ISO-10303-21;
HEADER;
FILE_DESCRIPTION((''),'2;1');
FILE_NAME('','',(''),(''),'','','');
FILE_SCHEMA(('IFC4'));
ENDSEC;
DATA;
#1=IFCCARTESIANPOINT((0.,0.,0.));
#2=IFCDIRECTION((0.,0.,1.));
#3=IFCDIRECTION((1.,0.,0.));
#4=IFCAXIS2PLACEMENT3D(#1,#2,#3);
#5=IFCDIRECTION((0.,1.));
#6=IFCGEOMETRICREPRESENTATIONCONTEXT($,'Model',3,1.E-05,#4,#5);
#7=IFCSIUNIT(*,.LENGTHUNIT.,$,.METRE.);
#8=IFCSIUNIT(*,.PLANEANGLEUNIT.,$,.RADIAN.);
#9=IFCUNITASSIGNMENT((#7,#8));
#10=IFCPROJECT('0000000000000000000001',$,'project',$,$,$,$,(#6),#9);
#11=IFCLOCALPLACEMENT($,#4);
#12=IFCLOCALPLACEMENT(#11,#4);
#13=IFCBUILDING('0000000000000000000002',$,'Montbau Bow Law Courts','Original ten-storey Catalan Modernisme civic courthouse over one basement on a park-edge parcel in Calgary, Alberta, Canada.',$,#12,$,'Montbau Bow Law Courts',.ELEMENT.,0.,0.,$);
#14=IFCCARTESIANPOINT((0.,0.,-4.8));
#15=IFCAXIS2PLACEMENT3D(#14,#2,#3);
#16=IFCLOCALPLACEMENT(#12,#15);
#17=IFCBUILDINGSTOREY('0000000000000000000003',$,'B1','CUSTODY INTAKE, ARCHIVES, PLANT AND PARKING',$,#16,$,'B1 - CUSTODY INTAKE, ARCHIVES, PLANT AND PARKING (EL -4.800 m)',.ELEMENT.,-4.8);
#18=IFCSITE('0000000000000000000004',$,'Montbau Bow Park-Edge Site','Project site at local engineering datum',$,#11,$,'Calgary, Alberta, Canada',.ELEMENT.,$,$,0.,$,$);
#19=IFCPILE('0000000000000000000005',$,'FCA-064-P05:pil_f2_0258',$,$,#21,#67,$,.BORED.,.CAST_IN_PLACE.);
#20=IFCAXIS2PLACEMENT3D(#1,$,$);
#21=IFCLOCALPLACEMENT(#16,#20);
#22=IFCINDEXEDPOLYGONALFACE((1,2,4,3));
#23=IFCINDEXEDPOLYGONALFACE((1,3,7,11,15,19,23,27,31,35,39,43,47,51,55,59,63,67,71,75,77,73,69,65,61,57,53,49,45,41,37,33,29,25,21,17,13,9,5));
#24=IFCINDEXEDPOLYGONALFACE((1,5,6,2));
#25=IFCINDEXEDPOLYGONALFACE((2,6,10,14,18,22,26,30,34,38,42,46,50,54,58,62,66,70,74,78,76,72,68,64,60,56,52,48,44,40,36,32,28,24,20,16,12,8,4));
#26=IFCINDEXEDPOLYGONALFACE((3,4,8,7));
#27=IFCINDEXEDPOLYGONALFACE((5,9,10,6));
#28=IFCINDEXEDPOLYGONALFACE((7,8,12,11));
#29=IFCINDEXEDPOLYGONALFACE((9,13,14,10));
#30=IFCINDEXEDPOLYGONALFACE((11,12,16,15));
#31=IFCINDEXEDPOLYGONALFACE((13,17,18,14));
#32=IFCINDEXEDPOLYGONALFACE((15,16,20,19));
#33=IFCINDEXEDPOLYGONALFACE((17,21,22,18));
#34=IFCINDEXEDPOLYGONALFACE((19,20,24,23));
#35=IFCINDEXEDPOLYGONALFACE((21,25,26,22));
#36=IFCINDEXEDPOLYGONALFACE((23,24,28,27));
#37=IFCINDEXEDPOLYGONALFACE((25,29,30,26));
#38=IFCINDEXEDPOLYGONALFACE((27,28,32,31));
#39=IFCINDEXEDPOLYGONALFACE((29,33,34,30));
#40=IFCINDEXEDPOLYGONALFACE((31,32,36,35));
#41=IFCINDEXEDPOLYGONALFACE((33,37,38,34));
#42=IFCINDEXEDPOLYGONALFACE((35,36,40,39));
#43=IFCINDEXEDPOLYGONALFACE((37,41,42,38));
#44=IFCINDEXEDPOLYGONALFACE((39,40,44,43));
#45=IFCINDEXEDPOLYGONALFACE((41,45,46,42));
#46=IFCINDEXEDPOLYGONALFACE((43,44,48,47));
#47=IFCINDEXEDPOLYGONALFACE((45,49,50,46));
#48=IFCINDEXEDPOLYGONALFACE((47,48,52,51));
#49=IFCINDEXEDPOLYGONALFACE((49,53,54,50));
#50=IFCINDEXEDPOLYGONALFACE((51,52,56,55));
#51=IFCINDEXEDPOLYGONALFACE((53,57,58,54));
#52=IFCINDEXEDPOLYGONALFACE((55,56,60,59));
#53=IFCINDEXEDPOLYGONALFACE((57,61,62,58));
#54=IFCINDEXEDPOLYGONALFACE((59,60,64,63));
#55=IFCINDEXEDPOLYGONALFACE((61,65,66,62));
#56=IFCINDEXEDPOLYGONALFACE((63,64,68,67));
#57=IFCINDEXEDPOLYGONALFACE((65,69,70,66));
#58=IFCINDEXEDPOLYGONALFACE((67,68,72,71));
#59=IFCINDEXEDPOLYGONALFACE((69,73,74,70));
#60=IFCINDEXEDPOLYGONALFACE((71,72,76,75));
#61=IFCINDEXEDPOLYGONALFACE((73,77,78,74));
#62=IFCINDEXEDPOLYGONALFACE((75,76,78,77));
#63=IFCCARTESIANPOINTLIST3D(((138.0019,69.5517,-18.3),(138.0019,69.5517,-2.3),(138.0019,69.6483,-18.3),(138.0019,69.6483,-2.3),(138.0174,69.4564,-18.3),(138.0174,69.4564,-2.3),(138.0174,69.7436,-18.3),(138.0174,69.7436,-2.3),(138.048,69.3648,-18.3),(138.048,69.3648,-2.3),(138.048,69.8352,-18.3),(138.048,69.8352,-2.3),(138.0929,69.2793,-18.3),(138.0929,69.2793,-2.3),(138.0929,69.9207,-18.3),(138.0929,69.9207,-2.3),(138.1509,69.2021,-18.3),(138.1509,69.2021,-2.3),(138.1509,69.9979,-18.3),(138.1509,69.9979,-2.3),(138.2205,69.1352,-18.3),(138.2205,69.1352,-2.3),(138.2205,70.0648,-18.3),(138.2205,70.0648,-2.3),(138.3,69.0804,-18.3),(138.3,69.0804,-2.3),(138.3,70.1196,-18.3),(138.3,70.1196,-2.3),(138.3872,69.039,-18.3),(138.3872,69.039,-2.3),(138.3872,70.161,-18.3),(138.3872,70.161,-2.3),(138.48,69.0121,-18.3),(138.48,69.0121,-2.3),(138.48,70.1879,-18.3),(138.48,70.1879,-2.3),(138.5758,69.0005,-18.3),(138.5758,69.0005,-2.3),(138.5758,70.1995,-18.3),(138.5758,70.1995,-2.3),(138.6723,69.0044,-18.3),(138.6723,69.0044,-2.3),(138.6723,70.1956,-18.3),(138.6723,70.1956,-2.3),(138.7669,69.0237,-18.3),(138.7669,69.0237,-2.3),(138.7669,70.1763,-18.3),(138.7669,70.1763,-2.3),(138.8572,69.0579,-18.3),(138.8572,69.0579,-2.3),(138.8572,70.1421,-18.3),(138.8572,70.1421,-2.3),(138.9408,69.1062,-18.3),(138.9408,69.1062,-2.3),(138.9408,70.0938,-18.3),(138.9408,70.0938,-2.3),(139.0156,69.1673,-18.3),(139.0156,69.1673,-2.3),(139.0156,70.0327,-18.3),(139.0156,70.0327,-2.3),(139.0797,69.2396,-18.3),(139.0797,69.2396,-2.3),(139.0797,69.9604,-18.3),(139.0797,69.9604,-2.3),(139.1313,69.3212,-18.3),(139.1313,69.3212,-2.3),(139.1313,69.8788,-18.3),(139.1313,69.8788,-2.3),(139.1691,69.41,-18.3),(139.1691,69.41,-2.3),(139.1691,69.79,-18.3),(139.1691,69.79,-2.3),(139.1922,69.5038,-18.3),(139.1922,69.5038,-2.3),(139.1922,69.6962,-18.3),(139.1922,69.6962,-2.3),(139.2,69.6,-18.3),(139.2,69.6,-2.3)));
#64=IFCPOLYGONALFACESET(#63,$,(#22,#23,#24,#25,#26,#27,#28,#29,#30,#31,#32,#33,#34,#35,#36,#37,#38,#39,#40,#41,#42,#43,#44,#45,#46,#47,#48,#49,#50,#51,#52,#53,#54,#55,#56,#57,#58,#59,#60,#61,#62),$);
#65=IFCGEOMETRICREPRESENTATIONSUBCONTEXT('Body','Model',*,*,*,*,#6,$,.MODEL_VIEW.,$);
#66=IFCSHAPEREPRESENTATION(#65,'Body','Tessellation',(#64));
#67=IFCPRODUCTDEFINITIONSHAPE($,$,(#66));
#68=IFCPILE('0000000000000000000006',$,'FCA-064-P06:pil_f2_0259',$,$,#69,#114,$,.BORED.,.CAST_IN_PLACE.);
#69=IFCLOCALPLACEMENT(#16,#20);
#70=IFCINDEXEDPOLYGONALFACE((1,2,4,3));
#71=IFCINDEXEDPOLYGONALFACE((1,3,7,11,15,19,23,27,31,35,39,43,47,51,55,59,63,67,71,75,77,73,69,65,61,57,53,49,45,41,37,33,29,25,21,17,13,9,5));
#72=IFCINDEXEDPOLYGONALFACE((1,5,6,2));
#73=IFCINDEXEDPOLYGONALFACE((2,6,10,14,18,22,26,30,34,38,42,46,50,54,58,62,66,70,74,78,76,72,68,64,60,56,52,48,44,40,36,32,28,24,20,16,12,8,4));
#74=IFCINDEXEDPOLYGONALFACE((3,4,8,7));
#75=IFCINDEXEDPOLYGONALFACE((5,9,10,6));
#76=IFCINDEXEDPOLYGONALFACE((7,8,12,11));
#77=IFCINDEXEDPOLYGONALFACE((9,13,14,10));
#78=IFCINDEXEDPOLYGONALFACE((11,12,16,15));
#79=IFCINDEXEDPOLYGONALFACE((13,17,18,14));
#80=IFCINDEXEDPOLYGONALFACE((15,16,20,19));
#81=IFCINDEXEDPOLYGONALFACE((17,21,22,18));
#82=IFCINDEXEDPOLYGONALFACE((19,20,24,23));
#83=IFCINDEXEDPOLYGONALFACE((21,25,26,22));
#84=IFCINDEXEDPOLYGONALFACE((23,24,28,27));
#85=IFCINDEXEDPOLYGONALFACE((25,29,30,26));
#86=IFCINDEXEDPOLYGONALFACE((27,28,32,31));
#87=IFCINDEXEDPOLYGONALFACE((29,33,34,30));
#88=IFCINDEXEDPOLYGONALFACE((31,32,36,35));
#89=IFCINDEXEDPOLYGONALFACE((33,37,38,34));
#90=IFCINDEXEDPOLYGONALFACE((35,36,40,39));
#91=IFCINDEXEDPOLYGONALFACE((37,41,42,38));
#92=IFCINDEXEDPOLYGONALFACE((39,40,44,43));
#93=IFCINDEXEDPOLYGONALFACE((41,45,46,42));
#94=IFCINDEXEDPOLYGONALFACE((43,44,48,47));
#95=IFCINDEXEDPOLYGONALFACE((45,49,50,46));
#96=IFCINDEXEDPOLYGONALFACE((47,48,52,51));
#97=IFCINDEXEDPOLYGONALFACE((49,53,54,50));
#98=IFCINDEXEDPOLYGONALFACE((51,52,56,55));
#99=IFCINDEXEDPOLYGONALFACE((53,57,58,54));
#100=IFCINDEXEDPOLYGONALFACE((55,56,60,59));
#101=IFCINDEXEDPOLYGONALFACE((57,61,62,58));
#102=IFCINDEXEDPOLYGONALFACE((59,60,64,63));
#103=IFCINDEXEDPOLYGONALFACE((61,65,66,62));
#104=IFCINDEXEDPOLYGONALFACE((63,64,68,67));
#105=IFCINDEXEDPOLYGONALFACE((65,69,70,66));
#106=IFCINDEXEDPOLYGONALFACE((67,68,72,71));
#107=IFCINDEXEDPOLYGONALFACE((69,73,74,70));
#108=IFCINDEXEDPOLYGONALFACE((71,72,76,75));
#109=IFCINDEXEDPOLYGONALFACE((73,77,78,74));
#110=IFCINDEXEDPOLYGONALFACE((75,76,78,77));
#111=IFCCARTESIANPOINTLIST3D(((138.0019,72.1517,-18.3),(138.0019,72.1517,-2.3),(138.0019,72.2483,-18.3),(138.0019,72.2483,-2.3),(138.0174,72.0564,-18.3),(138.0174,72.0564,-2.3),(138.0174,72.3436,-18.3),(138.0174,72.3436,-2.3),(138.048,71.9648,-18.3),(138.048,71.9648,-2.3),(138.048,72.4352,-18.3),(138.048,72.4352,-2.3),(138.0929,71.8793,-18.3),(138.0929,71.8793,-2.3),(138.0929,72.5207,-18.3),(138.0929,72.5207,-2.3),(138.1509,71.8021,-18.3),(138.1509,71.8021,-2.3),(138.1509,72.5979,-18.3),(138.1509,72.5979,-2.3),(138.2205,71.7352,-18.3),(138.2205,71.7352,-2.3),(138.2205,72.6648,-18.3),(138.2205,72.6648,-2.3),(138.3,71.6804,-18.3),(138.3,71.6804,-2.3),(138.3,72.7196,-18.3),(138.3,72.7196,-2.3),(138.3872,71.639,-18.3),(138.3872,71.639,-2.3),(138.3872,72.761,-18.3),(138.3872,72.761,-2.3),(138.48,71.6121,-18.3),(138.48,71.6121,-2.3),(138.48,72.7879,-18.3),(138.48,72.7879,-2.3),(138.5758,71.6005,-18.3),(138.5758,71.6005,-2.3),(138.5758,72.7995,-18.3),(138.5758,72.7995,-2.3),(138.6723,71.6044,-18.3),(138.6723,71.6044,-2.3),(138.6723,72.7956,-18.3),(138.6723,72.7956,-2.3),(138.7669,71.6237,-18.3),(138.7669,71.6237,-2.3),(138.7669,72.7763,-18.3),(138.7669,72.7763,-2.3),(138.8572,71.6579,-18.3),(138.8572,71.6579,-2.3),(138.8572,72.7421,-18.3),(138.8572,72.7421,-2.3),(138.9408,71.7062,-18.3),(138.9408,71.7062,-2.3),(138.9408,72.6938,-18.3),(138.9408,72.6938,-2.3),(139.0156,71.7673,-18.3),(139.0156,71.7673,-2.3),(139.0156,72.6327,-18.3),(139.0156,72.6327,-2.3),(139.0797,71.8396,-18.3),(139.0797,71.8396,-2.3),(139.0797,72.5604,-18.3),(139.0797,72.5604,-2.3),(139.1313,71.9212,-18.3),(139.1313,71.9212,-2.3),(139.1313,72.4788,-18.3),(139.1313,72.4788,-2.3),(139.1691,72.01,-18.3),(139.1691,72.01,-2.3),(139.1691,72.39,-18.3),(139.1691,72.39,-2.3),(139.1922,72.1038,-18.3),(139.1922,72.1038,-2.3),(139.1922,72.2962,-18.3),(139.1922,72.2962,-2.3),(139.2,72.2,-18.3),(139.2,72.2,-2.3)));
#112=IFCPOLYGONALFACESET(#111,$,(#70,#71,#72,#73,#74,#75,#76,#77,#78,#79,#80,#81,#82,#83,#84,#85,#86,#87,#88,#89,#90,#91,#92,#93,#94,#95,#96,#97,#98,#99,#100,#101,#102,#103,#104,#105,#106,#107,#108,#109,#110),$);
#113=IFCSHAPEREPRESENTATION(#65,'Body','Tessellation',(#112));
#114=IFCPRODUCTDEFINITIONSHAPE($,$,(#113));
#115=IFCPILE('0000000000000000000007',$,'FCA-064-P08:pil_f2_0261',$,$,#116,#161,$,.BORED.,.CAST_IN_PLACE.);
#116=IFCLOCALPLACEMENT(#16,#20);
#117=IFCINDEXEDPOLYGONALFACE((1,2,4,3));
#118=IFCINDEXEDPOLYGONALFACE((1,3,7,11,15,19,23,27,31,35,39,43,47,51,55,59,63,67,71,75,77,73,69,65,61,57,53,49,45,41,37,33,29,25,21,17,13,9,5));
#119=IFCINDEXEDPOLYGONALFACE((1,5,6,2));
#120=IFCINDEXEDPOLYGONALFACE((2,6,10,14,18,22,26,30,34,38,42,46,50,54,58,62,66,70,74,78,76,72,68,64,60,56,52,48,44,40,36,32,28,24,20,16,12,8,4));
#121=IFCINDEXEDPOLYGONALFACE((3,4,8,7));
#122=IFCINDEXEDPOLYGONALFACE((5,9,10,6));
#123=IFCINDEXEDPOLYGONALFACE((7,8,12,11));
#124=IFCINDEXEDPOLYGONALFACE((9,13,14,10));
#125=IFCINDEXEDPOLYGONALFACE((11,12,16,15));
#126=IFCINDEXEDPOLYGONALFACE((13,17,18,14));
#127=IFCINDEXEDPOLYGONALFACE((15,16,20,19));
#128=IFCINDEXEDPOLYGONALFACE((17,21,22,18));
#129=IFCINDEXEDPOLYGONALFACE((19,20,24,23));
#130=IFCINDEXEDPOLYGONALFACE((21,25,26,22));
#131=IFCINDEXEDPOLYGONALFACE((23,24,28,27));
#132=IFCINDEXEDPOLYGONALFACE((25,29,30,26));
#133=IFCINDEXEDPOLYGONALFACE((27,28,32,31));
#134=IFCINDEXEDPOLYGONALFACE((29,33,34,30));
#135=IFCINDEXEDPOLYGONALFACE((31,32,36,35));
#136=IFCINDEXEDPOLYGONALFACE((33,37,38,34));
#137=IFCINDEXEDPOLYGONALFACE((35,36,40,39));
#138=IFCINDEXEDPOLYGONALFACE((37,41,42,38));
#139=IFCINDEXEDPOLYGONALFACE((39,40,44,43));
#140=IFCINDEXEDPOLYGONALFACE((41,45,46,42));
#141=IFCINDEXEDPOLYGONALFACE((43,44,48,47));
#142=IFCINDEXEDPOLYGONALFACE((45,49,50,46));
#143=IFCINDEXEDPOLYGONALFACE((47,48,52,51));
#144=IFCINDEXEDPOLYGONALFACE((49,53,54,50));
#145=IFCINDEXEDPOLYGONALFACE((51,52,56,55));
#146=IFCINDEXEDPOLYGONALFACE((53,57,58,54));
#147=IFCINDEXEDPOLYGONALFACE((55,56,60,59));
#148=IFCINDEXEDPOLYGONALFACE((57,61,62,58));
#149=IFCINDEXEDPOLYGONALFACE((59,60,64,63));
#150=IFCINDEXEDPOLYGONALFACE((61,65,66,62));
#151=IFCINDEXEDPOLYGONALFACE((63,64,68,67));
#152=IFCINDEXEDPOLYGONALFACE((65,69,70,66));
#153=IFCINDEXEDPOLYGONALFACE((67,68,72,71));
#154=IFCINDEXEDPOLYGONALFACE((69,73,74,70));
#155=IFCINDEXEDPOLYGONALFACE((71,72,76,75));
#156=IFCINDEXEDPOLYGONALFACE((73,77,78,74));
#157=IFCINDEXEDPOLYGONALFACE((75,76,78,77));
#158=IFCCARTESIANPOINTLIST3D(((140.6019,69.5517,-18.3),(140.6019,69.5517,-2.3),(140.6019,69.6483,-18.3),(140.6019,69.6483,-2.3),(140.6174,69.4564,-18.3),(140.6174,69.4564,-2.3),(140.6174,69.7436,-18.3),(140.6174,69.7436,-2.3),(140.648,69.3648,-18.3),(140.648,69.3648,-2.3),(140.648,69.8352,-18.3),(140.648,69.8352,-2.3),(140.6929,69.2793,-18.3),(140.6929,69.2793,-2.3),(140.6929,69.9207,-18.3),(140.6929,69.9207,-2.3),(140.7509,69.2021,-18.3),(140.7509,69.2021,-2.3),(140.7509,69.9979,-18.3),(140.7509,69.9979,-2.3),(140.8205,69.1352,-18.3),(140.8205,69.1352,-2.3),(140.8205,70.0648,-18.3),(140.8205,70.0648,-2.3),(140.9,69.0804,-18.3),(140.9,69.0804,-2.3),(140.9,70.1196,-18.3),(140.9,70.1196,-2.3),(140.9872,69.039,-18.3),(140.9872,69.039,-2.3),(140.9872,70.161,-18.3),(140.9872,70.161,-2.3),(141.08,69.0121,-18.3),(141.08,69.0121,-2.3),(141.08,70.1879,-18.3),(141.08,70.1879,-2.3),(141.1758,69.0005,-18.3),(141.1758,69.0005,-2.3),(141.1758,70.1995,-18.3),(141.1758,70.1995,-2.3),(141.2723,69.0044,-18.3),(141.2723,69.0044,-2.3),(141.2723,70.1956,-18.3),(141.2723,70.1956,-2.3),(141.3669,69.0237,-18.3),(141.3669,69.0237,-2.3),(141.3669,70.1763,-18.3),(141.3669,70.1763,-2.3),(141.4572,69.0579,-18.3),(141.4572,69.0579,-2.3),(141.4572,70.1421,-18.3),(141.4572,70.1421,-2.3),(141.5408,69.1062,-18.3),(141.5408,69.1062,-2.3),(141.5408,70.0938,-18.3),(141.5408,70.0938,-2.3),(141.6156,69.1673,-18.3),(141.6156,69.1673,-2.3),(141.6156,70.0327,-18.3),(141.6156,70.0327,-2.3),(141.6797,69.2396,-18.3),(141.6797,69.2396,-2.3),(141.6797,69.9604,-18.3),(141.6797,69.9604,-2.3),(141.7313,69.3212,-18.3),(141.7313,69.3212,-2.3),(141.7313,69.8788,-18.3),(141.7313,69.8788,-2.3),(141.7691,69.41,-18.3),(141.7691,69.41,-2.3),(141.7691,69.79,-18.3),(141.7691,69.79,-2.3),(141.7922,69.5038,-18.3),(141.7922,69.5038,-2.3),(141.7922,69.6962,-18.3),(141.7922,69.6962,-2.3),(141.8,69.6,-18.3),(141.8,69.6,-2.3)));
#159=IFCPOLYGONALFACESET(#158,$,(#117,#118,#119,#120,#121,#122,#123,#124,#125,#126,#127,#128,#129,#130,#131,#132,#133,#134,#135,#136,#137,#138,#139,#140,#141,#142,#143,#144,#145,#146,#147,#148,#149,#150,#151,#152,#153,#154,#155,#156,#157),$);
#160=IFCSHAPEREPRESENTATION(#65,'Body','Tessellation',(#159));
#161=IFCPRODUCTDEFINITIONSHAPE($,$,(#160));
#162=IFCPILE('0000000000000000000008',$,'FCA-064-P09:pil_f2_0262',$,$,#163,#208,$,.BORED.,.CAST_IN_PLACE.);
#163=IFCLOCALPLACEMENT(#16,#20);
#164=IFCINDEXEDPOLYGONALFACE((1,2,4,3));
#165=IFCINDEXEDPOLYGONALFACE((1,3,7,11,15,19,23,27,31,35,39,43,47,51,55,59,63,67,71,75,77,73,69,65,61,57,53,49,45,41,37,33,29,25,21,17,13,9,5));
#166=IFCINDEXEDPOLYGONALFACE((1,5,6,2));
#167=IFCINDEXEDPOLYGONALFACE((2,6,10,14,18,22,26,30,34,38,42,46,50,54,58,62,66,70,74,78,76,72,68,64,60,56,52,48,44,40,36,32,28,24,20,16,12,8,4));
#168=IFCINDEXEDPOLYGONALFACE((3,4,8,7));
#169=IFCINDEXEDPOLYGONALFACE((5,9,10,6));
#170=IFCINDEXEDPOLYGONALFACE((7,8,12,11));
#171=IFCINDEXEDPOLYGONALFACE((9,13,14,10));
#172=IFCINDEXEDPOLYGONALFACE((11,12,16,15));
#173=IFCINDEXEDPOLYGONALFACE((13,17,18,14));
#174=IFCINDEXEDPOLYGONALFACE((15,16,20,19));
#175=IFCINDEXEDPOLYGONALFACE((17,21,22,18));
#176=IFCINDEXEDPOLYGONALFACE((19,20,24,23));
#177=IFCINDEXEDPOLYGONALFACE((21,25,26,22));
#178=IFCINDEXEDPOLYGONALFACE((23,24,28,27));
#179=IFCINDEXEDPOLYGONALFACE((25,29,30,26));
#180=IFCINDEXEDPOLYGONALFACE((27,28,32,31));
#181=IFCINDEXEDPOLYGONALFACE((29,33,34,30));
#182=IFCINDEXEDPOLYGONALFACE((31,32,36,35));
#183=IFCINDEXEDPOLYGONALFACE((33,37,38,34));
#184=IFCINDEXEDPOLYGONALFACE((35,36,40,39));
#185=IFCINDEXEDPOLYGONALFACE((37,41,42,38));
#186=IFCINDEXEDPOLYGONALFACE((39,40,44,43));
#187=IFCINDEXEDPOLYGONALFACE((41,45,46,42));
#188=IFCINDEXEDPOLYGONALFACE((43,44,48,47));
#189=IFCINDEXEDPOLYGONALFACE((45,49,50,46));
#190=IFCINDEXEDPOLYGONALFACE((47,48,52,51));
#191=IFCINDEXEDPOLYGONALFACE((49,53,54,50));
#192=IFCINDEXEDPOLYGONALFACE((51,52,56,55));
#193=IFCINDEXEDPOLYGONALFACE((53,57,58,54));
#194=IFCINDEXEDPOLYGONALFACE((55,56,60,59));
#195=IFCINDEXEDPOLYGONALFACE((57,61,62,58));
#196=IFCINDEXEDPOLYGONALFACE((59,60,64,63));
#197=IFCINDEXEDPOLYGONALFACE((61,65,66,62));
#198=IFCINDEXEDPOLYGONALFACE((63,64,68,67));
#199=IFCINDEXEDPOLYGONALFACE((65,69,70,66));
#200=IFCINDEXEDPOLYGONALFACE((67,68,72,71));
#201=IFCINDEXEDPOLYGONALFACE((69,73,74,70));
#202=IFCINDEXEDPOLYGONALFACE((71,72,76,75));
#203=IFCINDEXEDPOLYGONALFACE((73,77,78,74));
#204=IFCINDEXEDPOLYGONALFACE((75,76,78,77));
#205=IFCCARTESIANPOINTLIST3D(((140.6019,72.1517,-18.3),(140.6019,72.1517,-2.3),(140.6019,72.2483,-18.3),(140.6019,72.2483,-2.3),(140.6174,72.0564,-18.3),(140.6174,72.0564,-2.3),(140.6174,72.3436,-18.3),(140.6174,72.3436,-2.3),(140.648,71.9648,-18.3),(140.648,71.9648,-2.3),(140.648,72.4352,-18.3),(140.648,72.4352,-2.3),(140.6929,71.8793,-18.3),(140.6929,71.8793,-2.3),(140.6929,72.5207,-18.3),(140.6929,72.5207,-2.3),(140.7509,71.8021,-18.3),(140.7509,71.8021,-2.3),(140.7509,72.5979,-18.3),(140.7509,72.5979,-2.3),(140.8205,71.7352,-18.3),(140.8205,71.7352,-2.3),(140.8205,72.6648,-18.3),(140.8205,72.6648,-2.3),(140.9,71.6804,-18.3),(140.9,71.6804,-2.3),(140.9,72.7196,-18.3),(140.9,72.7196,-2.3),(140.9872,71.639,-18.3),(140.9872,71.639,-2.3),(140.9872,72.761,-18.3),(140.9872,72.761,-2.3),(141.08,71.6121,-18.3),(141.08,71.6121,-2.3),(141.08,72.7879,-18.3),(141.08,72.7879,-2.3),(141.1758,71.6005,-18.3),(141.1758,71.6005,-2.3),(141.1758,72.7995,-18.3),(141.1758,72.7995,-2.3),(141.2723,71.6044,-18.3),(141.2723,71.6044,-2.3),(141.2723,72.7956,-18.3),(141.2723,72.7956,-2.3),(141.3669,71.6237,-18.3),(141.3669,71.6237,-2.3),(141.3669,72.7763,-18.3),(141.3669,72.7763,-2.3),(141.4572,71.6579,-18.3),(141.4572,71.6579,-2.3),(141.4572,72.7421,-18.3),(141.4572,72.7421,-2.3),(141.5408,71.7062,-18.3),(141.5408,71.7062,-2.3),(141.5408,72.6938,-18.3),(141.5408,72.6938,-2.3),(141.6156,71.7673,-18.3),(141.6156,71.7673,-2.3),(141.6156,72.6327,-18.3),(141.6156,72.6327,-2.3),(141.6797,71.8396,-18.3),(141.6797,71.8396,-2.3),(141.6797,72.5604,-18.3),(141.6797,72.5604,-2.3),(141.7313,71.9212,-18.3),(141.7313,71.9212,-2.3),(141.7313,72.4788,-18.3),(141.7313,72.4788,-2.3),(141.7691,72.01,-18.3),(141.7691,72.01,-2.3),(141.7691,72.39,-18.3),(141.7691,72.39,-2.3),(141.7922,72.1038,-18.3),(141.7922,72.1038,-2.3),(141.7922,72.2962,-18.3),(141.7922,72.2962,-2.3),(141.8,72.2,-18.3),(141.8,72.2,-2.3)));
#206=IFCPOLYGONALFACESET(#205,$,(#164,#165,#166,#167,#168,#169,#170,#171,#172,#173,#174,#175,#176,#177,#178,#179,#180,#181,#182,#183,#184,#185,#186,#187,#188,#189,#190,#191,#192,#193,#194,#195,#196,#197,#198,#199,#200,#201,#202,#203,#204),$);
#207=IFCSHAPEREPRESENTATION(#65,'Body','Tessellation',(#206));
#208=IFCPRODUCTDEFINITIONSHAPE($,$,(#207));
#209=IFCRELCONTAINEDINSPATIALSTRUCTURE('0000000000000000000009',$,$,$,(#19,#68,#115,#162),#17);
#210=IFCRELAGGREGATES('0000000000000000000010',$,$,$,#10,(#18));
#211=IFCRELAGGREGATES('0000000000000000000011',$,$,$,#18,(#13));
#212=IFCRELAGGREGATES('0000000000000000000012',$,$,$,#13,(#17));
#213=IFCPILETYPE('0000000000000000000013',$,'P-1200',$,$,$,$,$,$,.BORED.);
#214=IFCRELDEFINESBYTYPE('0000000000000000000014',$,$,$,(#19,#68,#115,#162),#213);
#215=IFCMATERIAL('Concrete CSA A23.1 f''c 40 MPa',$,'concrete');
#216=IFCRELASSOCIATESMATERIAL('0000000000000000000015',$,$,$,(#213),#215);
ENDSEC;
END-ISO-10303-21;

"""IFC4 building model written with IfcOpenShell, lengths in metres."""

from ifc_helpers import new_model, si_unit, direction, frame, origin_with_axes, origin_2d_with_axis, place, context, subcontext, project, spatial, circle, extrude, material, material_profile, profile_set, type_object, element, save


model = new_model("IFC4")

# Units and contexts
model_context = context("Model", 3, precision=1e-05, world=origin_with_axes(), true_north=direction((0.0, 1.0)))
body_context = subcontext(model_context, "Body", "Model", "MODEL_VIEW")
ifc_project = project(units=[si_unit("LENGTHUNIT", "METRE"), si_unit("PLANEANGLEUNIT", "RADIAN")], contexts=[model_context])

# Site, building, storey
site_placement = place(None, origin_with_axes())
site = spatial("IfcSite", under=ifc_project, at=site_placement, Name="Montbau Bow Park-Edge Site", Description="Project site at local engineering datum", LongName="Calgary, Alberta, Canada", CompositionType="ELEMENT", RefElevation=0.0)
building_placement = place(site_placement, origin_with_axes())
building = spatial("IfcBuilding", under=site, at=building_placement, Name="Montbau Bow Law Courts", Description="Original ten-storey Catalan Modernisme civic courthouse over one basement on a park-edge parcel in Calgary, Alberta, Canada.", LongName="Montbau Bow Law Courts", CompositionType="ELEMENT", ElevationOfRefHeight=0.0, ElevationOfTerrain=0.0)
storey_placement = place(building_placement, frame((0.0, 0.0, -4.8), z_axis=(0.0, 0.0, 1.0), x_axis=(1.0, 0.0, 0.0)))
storey = spatial("IfcBuildingStorey", under=building, at=storey_placement, Name="B1", Description="CUSTODY INTAKE, ARCHIVES, PLANT AND PARKING", LongName="B1 - CUSTODY INTAKE, ARCHIVES, PLANT AND PARKING (EL -4.800 m)", CompositionType="ELEMENT", Elevation=-4.8)

# Piles
ifc_material_1 = material(Name="Concrete CSA A23.1 f'c 40 MPa", Category="concrete")
ifc_material_profile_1 = material_profile(ifc_material_1, circle(Radius=0.6, at=origin_2d_with_axis()), Name="BP1200", Category="Main", Priority=0)
ifc_profile_set_1 = profile_set([ifc_material_profile_1], Name="Concrete CSA A23.1 f'c 40 MPa")
pile_type_1 = type_object("IfcPileType", Name="P-1200", PredefinedType="BORED", material=ifc_profile_set_1)
for number, where, z_axis, x_axis, name in (
    (1, (138.6, 69.6, -23.1), (0.0, 0.0, 1.0), (1.0, 0.0, 0.0), "FCA-064-P05:pil_f2_0258"),
    (2, (138.6, 72.2, -23.1), (0.0, 0.0, 1.0), (1.0, 0.0, 0.0), "FCA-064-P06:pil_f2_0259"),
    (3, (141.2, 69.6, -23.1), (0.0, 0.0, 1.0), (1.0, 0.0, 0.0), "FCA-064-P08:pil_f2_0261"),
    (4, (141.2, 72.2, -23.1), (0.0, 0.0, 1.0), (1.0, 0.0, 0.0), "FCA-064-P09:pil_f2_0262"),
):
    element("IfcPile", number, at=place(None, frame(where, z_axis=z_axis, x_axis=x_axis)), inside=storey, type_object=pile_type_1, Name=name, ConstructionType="CAST_IN_PLACE", PredefinedType="BORED", context=body_context, shape_type="SweptSolid", body=[
        extrude(circle(Radius=0.6, at=origin_2d_with_axis()), origin_with_axes(), (0.0, 0.0, 1.0), 16.0),
    ])

save(model, "model.ifc")
